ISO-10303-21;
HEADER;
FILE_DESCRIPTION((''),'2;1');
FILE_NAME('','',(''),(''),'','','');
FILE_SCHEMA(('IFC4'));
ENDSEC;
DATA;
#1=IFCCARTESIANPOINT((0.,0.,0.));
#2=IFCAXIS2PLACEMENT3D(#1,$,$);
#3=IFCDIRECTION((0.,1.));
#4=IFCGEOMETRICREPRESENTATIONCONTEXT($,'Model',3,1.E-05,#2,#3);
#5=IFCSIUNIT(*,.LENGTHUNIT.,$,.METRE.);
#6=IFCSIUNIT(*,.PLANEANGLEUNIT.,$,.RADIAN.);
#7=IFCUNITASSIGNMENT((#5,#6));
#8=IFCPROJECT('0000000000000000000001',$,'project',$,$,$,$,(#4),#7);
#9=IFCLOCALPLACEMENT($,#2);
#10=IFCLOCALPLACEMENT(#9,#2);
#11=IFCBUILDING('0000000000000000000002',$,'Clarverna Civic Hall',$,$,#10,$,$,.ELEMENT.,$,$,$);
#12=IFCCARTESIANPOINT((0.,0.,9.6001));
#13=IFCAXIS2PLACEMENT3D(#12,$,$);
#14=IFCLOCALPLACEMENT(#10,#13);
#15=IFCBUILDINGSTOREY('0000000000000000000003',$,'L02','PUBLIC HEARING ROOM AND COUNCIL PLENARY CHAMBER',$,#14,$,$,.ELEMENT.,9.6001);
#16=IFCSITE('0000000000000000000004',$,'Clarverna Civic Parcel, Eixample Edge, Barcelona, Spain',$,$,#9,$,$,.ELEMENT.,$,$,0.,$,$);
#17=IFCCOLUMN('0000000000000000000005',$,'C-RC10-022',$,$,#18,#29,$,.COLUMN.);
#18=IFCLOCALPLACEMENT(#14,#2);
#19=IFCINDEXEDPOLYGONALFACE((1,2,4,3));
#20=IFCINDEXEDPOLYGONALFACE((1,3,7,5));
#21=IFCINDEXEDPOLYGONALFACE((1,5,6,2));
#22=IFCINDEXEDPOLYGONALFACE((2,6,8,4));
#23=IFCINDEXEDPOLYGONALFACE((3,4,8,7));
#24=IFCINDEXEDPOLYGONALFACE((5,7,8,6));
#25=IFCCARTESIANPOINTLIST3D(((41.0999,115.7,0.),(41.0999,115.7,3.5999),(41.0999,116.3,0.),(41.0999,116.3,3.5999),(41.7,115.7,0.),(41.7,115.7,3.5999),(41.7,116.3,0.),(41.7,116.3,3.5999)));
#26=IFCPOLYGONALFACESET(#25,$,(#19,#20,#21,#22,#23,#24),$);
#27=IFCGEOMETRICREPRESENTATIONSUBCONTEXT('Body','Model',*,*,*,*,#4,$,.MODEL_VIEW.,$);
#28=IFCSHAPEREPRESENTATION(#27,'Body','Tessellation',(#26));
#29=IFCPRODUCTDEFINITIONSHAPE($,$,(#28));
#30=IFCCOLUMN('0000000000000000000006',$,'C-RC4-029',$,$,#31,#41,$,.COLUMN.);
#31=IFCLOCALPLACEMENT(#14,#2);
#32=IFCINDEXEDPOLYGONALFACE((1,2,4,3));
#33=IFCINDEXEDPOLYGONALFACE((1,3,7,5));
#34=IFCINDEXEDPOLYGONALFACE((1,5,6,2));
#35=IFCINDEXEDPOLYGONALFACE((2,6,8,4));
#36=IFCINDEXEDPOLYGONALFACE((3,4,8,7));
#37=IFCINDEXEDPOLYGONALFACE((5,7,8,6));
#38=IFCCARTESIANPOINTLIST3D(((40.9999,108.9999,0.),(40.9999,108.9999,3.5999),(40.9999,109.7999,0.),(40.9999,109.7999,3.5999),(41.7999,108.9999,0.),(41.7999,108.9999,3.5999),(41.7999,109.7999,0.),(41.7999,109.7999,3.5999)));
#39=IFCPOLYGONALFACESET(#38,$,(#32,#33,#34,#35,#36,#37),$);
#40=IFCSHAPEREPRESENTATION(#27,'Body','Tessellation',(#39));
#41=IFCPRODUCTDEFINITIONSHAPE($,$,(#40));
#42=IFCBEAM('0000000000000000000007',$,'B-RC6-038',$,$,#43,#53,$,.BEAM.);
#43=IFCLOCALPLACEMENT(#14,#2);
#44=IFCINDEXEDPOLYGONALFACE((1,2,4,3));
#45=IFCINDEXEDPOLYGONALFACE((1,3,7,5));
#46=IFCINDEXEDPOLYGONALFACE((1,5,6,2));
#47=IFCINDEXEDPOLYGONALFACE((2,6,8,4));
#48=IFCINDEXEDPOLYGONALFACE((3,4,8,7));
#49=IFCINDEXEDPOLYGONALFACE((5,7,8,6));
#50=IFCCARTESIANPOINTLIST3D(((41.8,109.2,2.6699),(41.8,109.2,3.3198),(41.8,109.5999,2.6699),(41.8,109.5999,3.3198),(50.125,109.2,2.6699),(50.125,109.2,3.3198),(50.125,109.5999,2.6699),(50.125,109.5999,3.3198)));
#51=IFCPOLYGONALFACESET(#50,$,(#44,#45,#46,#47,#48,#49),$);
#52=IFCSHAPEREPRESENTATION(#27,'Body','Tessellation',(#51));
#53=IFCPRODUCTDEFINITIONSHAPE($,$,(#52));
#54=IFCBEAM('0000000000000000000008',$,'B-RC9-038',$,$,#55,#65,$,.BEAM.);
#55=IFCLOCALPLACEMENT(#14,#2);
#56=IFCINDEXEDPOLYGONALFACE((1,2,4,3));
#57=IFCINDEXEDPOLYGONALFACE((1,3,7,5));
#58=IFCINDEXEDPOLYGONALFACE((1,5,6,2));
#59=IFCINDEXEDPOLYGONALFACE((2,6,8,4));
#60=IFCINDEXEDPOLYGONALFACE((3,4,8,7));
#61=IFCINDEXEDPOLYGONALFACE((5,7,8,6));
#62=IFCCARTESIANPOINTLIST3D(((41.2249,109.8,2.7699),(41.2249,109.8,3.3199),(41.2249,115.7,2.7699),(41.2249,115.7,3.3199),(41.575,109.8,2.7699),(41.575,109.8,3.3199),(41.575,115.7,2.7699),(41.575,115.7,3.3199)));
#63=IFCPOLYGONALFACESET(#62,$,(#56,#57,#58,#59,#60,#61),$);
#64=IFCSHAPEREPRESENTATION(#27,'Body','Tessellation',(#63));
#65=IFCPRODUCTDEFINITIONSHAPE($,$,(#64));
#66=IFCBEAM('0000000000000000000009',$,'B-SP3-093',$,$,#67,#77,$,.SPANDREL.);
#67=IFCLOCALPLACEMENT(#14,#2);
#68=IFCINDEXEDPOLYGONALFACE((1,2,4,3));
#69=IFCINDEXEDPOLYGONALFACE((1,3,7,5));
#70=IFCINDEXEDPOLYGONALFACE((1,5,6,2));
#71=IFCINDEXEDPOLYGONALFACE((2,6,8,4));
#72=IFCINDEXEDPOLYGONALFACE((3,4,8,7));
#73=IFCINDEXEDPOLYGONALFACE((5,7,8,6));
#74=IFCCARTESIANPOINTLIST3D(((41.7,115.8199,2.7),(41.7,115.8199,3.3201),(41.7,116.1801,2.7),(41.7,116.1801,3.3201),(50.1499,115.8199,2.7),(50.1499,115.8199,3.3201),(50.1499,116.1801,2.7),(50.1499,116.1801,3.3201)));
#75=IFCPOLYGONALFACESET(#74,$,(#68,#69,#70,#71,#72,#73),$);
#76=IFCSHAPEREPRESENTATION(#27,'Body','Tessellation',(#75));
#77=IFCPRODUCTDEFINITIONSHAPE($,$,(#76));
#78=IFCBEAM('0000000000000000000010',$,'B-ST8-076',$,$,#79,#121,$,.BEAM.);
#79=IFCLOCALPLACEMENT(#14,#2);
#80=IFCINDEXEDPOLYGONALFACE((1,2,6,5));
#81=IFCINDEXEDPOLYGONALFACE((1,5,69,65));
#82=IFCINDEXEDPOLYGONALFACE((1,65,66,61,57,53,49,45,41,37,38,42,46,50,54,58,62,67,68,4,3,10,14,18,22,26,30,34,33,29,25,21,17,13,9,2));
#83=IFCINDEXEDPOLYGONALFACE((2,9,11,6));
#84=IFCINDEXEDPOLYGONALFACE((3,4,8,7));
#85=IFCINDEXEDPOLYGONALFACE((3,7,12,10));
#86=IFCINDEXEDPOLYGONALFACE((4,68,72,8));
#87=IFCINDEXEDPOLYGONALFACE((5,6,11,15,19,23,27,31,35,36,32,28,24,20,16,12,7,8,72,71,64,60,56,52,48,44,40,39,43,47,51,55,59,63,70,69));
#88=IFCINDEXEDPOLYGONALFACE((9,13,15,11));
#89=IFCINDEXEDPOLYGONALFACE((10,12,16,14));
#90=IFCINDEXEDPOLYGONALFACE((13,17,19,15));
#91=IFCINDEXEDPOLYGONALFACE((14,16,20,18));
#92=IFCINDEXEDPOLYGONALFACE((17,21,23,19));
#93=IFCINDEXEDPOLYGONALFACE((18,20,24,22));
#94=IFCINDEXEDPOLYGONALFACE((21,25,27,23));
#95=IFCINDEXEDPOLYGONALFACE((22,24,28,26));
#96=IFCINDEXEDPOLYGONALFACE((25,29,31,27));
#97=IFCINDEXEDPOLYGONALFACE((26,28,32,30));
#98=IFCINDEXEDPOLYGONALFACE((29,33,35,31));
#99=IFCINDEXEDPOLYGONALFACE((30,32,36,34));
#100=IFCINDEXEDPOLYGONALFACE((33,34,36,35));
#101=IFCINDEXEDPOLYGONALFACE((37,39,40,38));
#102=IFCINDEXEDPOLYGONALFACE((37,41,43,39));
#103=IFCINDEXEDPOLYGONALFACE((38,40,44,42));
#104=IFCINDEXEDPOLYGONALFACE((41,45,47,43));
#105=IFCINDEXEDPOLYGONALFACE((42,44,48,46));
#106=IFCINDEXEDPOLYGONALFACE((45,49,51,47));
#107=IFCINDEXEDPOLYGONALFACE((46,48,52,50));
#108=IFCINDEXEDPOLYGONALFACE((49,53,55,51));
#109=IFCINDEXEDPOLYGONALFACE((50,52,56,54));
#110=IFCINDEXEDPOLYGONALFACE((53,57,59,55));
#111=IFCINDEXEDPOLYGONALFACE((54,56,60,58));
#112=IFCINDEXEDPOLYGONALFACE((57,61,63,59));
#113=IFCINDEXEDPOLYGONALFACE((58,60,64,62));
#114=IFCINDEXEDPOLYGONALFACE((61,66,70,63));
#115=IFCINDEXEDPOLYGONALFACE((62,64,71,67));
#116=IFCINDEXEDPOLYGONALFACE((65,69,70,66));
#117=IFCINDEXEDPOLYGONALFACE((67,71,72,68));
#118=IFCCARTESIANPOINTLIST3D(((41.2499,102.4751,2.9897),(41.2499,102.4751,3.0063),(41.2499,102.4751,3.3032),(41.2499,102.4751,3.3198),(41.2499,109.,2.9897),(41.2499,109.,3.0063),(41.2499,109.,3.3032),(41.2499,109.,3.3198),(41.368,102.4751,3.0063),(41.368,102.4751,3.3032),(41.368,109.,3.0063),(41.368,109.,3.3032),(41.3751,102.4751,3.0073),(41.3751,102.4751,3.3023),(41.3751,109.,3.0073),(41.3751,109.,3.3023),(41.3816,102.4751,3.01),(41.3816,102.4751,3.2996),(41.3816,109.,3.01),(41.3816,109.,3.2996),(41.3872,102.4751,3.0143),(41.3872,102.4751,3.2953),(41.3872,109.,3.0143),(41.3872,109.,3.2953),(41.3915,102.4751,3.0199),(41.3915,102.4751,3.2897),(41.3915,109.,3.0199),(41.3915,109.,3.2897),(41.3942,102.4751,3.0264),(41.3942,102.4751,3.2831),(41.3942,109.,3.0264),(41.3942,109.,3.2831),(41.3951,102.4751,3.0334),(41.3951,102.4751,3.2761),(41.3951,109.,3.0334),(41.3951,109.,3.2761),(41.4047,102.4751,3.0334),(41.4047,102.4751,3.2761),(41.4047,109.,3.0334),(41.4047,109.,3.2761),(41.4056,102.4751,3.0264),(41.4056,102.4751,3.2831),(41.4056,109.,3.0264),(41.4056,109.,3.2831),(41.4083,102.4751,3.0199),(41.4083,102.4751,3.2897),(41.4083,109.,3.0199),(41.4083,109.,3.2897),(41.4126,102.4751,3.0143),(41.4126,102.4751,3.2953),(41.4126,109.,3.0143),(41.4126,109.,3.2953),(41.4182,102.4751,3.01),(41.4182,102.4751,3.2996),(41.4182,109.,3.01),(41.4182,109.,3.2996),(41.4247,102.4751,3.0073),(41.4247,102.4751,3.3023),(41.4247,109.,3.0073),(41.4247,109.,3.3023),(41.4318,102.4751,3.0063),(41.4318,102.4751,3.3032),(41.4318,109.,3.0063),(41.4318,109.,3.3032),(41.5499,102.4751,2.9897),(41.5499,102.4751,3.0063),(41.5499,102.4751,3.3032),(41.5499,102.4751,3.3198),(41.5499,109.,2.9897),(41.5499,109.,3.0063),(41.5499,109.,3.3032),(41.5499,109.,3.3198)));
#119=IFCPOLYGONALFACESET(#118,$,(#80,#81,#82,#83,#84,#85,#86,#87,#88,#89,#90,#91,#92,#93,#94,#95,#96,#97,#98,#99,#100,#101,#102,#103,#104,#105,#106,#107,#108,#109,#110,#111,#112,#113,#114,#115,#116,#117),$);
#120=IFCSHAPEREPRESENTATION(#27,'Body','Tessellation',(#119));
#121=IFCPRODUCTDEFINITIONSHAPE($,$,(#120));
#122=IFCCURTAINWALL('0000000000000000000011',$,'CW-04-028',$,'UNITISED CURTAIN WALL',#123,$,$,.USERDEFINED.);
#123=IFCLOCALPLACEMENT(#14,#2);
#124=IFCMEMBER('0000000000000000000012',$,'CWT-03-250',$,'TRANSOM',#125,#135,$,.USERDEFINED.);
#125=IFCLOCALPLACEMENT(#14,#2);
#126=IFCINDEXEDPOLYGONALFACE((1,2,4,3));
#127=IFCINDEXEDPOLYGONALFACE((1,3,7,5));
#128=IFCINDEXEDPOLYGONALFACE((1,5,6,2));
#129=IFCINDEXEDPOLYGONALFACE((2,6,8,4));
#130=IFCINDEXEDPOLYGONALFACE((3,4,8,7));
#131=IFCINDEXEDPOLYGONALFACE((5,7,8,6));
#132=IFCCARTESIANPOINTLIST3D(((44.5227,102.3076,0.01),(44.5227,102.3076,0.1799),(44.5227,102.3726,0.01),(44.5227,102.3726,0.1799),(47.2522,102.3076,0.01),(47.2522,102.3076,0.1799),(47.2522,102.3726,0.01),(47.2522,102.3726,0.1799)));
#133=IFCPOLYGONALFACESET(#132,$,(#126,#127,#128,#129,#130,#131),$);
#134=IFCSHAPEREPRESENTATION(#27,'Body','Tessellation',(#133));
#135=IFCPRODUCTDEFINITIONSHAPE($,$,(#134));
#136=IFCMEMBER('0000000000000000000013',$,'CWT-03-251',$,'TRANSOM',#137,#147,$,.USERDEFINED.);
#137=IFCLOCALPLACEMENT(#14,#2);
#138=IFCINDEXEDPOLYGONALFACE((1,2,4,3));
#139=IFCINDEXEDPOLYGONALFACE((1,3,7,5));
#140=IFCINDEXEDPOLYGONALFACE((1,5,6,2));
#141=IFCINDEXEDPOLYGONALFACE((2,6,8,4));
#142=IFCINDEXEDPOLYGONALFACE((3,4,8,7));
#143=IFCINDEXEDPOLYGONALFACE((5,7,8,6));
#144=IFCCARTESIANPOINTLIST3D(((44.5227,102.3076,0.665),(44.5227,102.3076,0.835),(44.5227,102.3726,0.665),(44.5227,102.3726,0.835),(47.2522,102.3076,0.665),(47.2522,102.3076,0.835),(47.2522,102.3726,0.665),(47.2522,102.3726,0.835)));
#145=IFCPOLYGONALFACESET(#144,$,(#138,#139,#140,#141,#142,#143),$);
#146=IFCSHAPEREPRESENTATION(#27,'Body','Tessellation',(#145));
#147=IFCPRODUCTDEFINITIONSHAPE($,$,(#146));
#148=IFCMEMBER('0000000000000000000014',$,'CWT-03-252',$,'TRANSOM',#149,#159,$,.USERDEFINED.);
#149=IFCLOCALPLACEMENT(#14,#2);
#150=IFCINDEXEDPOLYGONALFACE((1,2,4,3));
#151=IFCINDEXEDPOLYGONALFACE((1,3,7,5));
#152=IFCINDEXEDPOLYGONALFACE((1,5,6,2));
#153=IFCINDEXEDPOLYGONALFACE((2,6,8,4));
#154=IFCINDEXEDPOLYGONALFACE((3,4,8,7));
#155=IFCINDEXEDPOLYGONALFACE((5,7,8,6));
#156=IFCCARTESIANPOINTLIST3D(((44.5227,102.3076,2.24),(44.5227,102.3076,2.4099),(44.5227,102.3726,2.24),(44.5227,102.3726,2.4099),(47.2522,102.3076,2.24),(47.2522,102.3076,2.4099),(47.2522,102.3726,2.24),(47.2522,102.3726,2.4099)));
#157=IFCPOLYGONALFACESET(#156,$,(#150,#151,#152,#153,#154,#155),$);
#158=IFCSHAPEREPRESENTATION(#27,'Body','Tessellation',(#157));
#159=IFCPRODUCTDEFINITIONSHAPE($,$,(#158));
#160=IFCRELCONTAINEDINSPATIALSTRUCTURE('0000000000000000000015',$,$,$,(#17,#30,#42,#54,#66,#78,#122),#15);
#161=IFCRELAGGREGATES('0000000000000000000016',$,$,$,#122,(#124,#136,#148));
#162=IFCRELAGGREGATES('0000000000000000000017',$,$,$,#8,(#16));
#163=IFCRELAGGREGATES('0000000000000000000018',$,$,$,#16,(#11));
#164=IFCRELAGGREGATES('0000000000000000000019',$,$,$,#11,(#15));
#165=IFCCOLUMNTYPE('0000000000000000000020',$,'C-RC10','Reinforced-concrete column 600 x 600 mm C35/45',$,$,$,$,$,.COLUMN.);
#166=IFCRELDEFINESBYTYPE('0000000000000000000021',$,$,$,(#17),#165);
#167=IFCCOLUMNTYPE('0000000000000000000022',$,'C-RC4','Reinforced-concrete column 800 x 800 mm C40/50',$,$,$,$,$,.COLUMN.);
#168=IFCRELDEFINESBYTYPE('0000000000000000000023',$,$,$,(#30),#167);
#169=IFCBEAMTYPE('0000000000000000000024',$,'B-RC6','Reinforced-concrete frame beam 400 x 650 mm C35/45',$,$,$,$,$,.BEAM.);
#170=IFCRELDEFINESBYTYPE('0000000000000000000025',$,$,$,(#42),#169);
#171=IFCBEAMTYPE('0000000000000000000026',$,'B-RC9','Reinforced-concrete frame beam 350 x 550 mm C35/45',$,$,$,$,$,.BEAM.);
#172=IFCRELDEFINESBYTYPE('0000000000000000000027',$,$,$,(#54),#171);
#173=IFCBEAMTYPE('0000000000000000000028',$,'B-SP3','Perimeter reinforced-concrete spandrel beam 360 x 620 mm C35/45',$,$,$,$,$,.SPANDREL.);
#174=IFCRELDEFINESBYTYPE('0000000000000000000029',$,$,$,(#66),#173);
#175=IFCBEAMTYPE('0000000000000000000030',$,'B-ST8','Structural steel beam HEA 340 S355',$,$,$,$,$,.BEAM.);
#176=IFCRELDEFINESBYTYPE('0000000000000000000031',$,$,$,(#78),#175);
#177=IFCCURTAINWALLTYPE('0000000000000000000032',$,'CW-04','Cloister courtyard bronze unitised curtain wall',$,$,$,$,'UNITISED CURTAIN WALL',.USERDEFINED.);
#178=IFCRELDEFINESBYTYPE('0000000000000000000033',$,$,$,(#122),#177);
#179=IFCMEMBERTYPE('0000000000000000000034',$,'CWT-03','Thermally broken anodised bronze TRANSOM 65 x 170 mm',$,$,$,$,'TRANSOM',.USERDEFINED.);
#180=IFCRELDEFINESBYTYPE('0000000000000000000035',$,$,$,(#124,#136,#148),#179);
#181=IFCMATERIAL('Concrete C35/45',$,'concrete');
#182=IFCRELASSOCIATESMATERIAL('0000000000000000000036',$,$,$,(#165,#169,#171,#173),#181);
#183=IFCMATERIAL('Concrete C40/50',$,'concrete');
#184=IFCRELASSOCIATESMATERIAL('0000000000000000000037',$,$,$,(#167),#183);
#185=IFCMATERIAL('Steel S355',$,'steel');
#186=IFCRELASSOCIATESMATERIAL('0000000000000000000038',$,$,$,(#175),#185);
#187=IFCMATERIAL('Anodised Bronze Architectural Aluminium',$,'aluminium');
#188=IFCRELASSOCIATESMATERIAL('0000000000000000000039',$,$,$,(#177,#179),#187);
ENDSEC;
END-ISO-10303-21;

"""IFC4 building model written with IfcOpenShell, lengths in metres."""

from ifc_helpers import new_model, si_unit, direction, frame, origin, origin_2d, place, context, subcontext, project, spatial, rectangle, i_section, extrude, material, material_profile, profile_set, type_object, element, aggregate, save


model = new_model("IFC4")

# Units and contexts
model_context = context("Model", 3, precision=1e-05, world=origin(), true_north=direction((0.0, 1.0)))
body_context = subcontext(model_context, "Body", "Model", "MODEL_VIEW")
ifc_project = project(units=[si_unit("LENGTHUNIT", "METRE"), si_unit("PLANEANGLEUNIT", "RADIAN")], contexts=[model_context])

# Site, building, storey
site_placement = place(None, origin())
site = spatial("IfcSite", under=ifc_project, at=site_placement, Name="Clarverna Civic Parcel, Eixample Edge, Barcelona, Spain", CompositionType="ELEMENT", RefElevation=0.0)
building_placement = place(site_placement, origin())
building = spatial("IfcBuilding", under=site, at=building_placement, Name="Clarverna Civic Hall", CompositionType="ELEMENT")
storey_placement = place(building_placement, frame((0.0, 0.0, 9.6001)))
storey = spatial("IfcBuildingStorey", under=building, at=storey_placement, Name="L02", Description="PUBLIC HEARING ROOM AND COUNCIL PLENARY CHAMBER", CompositionType="ELEMENT", Elevation=9.6001)

# Columns
ifc_material_1 = material(Name="Concrete C35/45", Category="concrete")
ifc_material_profile_1 = material_profile(ifc_material_1, rectangle(XDim=0.6001, YDim=0.6001, at=origin_2d()), Name="RC 600x600")
ifc_profile_set_1 = profile_set([ifc_material_profile_1], Name="Concrete C35/45")
column_type_1 = type_object("IfcColumnType", Name="C-RC10", Description="Reinforced-concrete column 600 x 600 mm C35/45", PredefinedType="COLUMN", material=ifc_profile_set_1)
column_1_placement = place(storey_placement, frame((41.3999, 116.0, 0.0), z_axis=(0.0, 0.0, 1.0), x_axis=(1.0, 0.0, 0.0)))
element("IfcColumn", 1, at=column_1_placement, inside=storey, type_object=column_type_1, Name="C-RC10-022", PredefinedType="COLUMN", context=body_context, shape_type="SweptSolid", body=[
    extrude(rectangle(XDim=0.6001, YDim=0.6001, at=origin_2d()), origin(), (0.0, 0.0, 1.0), 3.5999),
])
ifc_material_2 = material(Name="Concrete C40/50", Category="concrete")
ifc_material_profile_2 = material_profile(ifc_material_2, rectangle(XDim=0.8, YDim=0.8, at=origin_2d()), Name="RC 800x800")
ifc_profile_set_2 = profile_set([ifc_material_profile_2], Name="Concrete C40/50")
column_type_2 = type_object("IfcColumnType", Name="C-RC4", Description="Reinforced-concrete column 800 x 800 mm C40/50", PredefinedType="COLUMN", material=ifc_profile_set_2)
column_2_placement = place(storey_placement, frame((41.3999, 109.3999, 0.0), z_axis=(0.0, 0.0, 1.0), x_axis=(1.0, 0.0, 0.0)))
element("IfcColumn", 2, at=column_2_placement, inside=storey, type_object=column_type_2, Name="C-RC4-029", PredefinedType="COLUMN", context=body_context, shape_type="SweptSolid", body=[
    extrude(rectangle(XDim=0.8, YDim=0.8, at=origin_2d()), origin(), (0.0, 0.0, 1.0), 3.5999),
])

# Beams
ifc_material_profile_3 = material_profile(ifc_material_1, rectangle(XDim=0.3999, YDim=0.6499, at=origin_2d()), Name="RC 400x650")
ifc_profile_set_3 = profile_set([ifc_material_profile_3], Name="Concrete C35/45")
beam_type_1 = type_object("IfcBeamType", Name="B-RC6", Description="Reinforced-concrete frame beam 400 x 650 mm C35/45", PredefinedType="BEAM", material=ifc_profile_set_3)
beam_1_placement = place(storey_placement, frame((41.8, 109.3999, 2.9949), z_axis=(1.0, 0.0, 0.0), x_axis=(0.0, 1.0, 0.0)))
element("IfcBeam", 3, at=beam_1_placement, inside=storey, type_object=beam_type_1, Name="B-RC6-038", PredefinedType="BEAM", context=body_context, shape_type="SweptSolid", body=[
    extrude(rectangle(XDim=0.3999, YDim=0.6499, at=origin_2d()), origin(), (0.0, 0.0, 1.0), 8.325),
])
ifc_material_profile_4 = material_profile(ifc_material_1, rectangle(XDim=0.3501, YDim=0.55, at=origin_2d()), Name="RC 350x550")
ifc_profile_set_4 = profile_set([ifc_material_profile_4], Name="Concrete C35/45")
beam_type_2 = type_object("IfcBeamType", Name="B-RC9", Description="Reinforced-concrete frame beam 350 x 550 mm C35/45", PredefinedType="BEAM", material=ifc_profile_set_4)
beam_2_placement = place(storey_placement, frame((41.3999, 109.8, 3.0449), z_axis=(0.0, 1.0, 0.0), x_axis=(-1.0, 0.0, 0.0)))
element("IfcBeam", 4, at=beam_2_placement, inside=storey, type_object=beam_type_2, Name="B-RC9-038", PredefinedType="BEAM", context=body_context, shape_type="SweptSolid", body=[
    extrude(rectangle(XDim=0.3501, YDim=0.55, at=origin_2d()), origin(), (0.0, 0.0, 1.0), 5.8999),
])
ifc_material_profile_5 = material_profile(ifc_material_1, rectangle(XDim=0.3601, YDim=0.6201, at=origin_2d()), Name="RC 360x620")
ifc_profile_set_5 = profile_set([ifc_material_profile_5], Name="Concrete C35/45")
beam_type_3 = type_object("IfcBeamType", Name="B-SP3", Description="Perimeter reinforced-concrete spandrel beam 360 x 620 mm C35/45", PredefinedType="SPANDREL", material=ifc_profile_set_5)
beam_3_placement = place(storey_placement, frame((41.7, 116.0, 3.01), z_axis=(1.0, 0.0, 0.0), x_axis=(0.0, 1.0, 0.0)))
element("IfcBeam", 5, at=beam_3_placement, inside=storey, type_object=beam_type_3, Name="B-SP3-093", PredefinedType="SPANDREL", context=body_context, shape_type="SweptSolid", body=[
    extrude(rectangle(XDim=0.3601, YDim=0.6201, at=origin_2d()), origin(), (0.0, 0.0, 1.0), 8.45),
])
ifc_material_3 = material(Name="Steel S355", Category="steel")
ifc_material_profile_6 = material_profile(ifc_material_3, i_section(OverallWidth=0.3, OverallDepth=0.3301, WebThickness=0.0095, FlangeThickness=0.0166, FilletRadius=0.0271, at=origin_2d()), Name="HEA 340")
ifc_profile_set_6 = profile_set([ifc_material_profile_6], Name="Steel S355")
beam_type_4 = type_object("IfcBeamType", Name="B-ST8", Description="Structural steel beam HEA 340 S355", PredefinedType="BEAM", material=ifc_profile_set_6)
beam_4_placement = place(storey_placement, frame((41.3999, 102.4751, 3.1548), z_axis=(0.0, 1.0, 0.0), x_axis=(-1.0, 0.0, 0.0)))
element("IfcBeam", 6, at=beam_4_placement, inside=storey, type_object=beam_type_4, Name="B-ST8-076", PredefinedType="BEAM", context=body_context, shape_type="SweptSolid", body=[
    extrude(i_section(OverallWidth=0.3, OverallDepth=0.3301, WebThickness=0.0095, FlangeThickness=0.0166, FilletRadius=0.0271, at=origin_2d()), origin(), (0.0, 0.0, 1.0), 6.5249),
])

# Curtain wall, members
ifc_material_4 = material(Name="Anodised Bronze Architectural Aluminium", Category="aluminium")
curtain_wall_type = type_object("IfcCurtainWallType", Name="CW-04", Description="Cloister courtyard bronze unitised curtain wall", ElementType="UNITISED CURTAIN WALL", PredefinedType="USERDEFINED", material=ifc_material_4)
curtain_wall_placement = place(storey_placement, origin())
curtain_wall = element("IfcCurtainWall", 7, at=curtain_wall_placement, inside=storey, type_object=curtain_wall_type, Name="CW-04-028", ObjectType="UNITISED CURTAIN WALL", PredefinedType="USERDEFINED")
ifc_material_profile_7 = material_profile(ifc_material_4, rectangle(XDim=0.0649, YDim=0.1699, at=origin_2d()), Name="BRONZE 65x170")
ifc_profile_set_7 = profile_set([ifc_material_profile_7], Name="Anodised Bronze Architectural Aluminium")
member_type = type_object("IfcMemberType", Name="CWT-03", Description="Thermally broken anodised bronze TRANSOM 65 x 170 mm", ElementType="TRANSOM", PredefinedType="USERDEFINED", material=ifc_profile_set_7)
member_1_placement = place(storey_placement, frame((47.2522, 102.3401, 0.095), z_axis=(-1.0, 0.0, 0.0), x_axis=(0.0, -1.0, 0.0)))
member_1 = element("IfcMember", 8, at=member_1_placement, type_object=member_type, Name="CWT-03-250", ObjectType="TRANSOM", PredefinedType="USERDEFINED", context=body_context, shape_type="SweptSolid", body=[
    extrude(rectangle(XDim=0.0649, YDim=0.1699, at=origin_2d()), origin(), (0.0, 0.0, 1.0), 2.7295),
])
member_2_placement = place(storey_placement, frame((47.2522, 102.3401, 0.75), z_axis=(-1.0, 0.0, 0.0), x_axis=(0.0, -1.0, 0.0)))
member_2 = element("IfcMember", 9, at=member_2_placement, type_object=member_type, Name="CWT-03-251", ObjectType="TRANSOM", PredefinedType="USERDEFINED", context=body_context, shape_type="SweptSolid", body=[
    extrude(rectangle(XDim=0.0649, YDim=0.1699, at=origin_2d()), origin(), (0.0, 0.0, 1.0), 2.7295),
])
member_3_placement = place(storey_placement, frame((47.2522, 102.3401, 2.325), z_axis=(-1.0, 0.0, 0.0), x_axis=(0.0, -1.0, 0.0)))
member_3 = element("IfcMember", 10, at=member_3_placement, type_object=member_type, Name="CWT-03-252", ObjectType="TRANSOM", PredefinedType="USERDEFINED", context=body_context, shape_type="SweptSolid", body=[
    extrude(rectangle(XDim=0.0649, YDim=0.1699, at=origin_2d()), origin(), (0.0, 0.0, 1.0), 2.7295),
])
aggregate(curtain_wall, [member_1, member_2, member_3])

save(model, "model.ifc")
